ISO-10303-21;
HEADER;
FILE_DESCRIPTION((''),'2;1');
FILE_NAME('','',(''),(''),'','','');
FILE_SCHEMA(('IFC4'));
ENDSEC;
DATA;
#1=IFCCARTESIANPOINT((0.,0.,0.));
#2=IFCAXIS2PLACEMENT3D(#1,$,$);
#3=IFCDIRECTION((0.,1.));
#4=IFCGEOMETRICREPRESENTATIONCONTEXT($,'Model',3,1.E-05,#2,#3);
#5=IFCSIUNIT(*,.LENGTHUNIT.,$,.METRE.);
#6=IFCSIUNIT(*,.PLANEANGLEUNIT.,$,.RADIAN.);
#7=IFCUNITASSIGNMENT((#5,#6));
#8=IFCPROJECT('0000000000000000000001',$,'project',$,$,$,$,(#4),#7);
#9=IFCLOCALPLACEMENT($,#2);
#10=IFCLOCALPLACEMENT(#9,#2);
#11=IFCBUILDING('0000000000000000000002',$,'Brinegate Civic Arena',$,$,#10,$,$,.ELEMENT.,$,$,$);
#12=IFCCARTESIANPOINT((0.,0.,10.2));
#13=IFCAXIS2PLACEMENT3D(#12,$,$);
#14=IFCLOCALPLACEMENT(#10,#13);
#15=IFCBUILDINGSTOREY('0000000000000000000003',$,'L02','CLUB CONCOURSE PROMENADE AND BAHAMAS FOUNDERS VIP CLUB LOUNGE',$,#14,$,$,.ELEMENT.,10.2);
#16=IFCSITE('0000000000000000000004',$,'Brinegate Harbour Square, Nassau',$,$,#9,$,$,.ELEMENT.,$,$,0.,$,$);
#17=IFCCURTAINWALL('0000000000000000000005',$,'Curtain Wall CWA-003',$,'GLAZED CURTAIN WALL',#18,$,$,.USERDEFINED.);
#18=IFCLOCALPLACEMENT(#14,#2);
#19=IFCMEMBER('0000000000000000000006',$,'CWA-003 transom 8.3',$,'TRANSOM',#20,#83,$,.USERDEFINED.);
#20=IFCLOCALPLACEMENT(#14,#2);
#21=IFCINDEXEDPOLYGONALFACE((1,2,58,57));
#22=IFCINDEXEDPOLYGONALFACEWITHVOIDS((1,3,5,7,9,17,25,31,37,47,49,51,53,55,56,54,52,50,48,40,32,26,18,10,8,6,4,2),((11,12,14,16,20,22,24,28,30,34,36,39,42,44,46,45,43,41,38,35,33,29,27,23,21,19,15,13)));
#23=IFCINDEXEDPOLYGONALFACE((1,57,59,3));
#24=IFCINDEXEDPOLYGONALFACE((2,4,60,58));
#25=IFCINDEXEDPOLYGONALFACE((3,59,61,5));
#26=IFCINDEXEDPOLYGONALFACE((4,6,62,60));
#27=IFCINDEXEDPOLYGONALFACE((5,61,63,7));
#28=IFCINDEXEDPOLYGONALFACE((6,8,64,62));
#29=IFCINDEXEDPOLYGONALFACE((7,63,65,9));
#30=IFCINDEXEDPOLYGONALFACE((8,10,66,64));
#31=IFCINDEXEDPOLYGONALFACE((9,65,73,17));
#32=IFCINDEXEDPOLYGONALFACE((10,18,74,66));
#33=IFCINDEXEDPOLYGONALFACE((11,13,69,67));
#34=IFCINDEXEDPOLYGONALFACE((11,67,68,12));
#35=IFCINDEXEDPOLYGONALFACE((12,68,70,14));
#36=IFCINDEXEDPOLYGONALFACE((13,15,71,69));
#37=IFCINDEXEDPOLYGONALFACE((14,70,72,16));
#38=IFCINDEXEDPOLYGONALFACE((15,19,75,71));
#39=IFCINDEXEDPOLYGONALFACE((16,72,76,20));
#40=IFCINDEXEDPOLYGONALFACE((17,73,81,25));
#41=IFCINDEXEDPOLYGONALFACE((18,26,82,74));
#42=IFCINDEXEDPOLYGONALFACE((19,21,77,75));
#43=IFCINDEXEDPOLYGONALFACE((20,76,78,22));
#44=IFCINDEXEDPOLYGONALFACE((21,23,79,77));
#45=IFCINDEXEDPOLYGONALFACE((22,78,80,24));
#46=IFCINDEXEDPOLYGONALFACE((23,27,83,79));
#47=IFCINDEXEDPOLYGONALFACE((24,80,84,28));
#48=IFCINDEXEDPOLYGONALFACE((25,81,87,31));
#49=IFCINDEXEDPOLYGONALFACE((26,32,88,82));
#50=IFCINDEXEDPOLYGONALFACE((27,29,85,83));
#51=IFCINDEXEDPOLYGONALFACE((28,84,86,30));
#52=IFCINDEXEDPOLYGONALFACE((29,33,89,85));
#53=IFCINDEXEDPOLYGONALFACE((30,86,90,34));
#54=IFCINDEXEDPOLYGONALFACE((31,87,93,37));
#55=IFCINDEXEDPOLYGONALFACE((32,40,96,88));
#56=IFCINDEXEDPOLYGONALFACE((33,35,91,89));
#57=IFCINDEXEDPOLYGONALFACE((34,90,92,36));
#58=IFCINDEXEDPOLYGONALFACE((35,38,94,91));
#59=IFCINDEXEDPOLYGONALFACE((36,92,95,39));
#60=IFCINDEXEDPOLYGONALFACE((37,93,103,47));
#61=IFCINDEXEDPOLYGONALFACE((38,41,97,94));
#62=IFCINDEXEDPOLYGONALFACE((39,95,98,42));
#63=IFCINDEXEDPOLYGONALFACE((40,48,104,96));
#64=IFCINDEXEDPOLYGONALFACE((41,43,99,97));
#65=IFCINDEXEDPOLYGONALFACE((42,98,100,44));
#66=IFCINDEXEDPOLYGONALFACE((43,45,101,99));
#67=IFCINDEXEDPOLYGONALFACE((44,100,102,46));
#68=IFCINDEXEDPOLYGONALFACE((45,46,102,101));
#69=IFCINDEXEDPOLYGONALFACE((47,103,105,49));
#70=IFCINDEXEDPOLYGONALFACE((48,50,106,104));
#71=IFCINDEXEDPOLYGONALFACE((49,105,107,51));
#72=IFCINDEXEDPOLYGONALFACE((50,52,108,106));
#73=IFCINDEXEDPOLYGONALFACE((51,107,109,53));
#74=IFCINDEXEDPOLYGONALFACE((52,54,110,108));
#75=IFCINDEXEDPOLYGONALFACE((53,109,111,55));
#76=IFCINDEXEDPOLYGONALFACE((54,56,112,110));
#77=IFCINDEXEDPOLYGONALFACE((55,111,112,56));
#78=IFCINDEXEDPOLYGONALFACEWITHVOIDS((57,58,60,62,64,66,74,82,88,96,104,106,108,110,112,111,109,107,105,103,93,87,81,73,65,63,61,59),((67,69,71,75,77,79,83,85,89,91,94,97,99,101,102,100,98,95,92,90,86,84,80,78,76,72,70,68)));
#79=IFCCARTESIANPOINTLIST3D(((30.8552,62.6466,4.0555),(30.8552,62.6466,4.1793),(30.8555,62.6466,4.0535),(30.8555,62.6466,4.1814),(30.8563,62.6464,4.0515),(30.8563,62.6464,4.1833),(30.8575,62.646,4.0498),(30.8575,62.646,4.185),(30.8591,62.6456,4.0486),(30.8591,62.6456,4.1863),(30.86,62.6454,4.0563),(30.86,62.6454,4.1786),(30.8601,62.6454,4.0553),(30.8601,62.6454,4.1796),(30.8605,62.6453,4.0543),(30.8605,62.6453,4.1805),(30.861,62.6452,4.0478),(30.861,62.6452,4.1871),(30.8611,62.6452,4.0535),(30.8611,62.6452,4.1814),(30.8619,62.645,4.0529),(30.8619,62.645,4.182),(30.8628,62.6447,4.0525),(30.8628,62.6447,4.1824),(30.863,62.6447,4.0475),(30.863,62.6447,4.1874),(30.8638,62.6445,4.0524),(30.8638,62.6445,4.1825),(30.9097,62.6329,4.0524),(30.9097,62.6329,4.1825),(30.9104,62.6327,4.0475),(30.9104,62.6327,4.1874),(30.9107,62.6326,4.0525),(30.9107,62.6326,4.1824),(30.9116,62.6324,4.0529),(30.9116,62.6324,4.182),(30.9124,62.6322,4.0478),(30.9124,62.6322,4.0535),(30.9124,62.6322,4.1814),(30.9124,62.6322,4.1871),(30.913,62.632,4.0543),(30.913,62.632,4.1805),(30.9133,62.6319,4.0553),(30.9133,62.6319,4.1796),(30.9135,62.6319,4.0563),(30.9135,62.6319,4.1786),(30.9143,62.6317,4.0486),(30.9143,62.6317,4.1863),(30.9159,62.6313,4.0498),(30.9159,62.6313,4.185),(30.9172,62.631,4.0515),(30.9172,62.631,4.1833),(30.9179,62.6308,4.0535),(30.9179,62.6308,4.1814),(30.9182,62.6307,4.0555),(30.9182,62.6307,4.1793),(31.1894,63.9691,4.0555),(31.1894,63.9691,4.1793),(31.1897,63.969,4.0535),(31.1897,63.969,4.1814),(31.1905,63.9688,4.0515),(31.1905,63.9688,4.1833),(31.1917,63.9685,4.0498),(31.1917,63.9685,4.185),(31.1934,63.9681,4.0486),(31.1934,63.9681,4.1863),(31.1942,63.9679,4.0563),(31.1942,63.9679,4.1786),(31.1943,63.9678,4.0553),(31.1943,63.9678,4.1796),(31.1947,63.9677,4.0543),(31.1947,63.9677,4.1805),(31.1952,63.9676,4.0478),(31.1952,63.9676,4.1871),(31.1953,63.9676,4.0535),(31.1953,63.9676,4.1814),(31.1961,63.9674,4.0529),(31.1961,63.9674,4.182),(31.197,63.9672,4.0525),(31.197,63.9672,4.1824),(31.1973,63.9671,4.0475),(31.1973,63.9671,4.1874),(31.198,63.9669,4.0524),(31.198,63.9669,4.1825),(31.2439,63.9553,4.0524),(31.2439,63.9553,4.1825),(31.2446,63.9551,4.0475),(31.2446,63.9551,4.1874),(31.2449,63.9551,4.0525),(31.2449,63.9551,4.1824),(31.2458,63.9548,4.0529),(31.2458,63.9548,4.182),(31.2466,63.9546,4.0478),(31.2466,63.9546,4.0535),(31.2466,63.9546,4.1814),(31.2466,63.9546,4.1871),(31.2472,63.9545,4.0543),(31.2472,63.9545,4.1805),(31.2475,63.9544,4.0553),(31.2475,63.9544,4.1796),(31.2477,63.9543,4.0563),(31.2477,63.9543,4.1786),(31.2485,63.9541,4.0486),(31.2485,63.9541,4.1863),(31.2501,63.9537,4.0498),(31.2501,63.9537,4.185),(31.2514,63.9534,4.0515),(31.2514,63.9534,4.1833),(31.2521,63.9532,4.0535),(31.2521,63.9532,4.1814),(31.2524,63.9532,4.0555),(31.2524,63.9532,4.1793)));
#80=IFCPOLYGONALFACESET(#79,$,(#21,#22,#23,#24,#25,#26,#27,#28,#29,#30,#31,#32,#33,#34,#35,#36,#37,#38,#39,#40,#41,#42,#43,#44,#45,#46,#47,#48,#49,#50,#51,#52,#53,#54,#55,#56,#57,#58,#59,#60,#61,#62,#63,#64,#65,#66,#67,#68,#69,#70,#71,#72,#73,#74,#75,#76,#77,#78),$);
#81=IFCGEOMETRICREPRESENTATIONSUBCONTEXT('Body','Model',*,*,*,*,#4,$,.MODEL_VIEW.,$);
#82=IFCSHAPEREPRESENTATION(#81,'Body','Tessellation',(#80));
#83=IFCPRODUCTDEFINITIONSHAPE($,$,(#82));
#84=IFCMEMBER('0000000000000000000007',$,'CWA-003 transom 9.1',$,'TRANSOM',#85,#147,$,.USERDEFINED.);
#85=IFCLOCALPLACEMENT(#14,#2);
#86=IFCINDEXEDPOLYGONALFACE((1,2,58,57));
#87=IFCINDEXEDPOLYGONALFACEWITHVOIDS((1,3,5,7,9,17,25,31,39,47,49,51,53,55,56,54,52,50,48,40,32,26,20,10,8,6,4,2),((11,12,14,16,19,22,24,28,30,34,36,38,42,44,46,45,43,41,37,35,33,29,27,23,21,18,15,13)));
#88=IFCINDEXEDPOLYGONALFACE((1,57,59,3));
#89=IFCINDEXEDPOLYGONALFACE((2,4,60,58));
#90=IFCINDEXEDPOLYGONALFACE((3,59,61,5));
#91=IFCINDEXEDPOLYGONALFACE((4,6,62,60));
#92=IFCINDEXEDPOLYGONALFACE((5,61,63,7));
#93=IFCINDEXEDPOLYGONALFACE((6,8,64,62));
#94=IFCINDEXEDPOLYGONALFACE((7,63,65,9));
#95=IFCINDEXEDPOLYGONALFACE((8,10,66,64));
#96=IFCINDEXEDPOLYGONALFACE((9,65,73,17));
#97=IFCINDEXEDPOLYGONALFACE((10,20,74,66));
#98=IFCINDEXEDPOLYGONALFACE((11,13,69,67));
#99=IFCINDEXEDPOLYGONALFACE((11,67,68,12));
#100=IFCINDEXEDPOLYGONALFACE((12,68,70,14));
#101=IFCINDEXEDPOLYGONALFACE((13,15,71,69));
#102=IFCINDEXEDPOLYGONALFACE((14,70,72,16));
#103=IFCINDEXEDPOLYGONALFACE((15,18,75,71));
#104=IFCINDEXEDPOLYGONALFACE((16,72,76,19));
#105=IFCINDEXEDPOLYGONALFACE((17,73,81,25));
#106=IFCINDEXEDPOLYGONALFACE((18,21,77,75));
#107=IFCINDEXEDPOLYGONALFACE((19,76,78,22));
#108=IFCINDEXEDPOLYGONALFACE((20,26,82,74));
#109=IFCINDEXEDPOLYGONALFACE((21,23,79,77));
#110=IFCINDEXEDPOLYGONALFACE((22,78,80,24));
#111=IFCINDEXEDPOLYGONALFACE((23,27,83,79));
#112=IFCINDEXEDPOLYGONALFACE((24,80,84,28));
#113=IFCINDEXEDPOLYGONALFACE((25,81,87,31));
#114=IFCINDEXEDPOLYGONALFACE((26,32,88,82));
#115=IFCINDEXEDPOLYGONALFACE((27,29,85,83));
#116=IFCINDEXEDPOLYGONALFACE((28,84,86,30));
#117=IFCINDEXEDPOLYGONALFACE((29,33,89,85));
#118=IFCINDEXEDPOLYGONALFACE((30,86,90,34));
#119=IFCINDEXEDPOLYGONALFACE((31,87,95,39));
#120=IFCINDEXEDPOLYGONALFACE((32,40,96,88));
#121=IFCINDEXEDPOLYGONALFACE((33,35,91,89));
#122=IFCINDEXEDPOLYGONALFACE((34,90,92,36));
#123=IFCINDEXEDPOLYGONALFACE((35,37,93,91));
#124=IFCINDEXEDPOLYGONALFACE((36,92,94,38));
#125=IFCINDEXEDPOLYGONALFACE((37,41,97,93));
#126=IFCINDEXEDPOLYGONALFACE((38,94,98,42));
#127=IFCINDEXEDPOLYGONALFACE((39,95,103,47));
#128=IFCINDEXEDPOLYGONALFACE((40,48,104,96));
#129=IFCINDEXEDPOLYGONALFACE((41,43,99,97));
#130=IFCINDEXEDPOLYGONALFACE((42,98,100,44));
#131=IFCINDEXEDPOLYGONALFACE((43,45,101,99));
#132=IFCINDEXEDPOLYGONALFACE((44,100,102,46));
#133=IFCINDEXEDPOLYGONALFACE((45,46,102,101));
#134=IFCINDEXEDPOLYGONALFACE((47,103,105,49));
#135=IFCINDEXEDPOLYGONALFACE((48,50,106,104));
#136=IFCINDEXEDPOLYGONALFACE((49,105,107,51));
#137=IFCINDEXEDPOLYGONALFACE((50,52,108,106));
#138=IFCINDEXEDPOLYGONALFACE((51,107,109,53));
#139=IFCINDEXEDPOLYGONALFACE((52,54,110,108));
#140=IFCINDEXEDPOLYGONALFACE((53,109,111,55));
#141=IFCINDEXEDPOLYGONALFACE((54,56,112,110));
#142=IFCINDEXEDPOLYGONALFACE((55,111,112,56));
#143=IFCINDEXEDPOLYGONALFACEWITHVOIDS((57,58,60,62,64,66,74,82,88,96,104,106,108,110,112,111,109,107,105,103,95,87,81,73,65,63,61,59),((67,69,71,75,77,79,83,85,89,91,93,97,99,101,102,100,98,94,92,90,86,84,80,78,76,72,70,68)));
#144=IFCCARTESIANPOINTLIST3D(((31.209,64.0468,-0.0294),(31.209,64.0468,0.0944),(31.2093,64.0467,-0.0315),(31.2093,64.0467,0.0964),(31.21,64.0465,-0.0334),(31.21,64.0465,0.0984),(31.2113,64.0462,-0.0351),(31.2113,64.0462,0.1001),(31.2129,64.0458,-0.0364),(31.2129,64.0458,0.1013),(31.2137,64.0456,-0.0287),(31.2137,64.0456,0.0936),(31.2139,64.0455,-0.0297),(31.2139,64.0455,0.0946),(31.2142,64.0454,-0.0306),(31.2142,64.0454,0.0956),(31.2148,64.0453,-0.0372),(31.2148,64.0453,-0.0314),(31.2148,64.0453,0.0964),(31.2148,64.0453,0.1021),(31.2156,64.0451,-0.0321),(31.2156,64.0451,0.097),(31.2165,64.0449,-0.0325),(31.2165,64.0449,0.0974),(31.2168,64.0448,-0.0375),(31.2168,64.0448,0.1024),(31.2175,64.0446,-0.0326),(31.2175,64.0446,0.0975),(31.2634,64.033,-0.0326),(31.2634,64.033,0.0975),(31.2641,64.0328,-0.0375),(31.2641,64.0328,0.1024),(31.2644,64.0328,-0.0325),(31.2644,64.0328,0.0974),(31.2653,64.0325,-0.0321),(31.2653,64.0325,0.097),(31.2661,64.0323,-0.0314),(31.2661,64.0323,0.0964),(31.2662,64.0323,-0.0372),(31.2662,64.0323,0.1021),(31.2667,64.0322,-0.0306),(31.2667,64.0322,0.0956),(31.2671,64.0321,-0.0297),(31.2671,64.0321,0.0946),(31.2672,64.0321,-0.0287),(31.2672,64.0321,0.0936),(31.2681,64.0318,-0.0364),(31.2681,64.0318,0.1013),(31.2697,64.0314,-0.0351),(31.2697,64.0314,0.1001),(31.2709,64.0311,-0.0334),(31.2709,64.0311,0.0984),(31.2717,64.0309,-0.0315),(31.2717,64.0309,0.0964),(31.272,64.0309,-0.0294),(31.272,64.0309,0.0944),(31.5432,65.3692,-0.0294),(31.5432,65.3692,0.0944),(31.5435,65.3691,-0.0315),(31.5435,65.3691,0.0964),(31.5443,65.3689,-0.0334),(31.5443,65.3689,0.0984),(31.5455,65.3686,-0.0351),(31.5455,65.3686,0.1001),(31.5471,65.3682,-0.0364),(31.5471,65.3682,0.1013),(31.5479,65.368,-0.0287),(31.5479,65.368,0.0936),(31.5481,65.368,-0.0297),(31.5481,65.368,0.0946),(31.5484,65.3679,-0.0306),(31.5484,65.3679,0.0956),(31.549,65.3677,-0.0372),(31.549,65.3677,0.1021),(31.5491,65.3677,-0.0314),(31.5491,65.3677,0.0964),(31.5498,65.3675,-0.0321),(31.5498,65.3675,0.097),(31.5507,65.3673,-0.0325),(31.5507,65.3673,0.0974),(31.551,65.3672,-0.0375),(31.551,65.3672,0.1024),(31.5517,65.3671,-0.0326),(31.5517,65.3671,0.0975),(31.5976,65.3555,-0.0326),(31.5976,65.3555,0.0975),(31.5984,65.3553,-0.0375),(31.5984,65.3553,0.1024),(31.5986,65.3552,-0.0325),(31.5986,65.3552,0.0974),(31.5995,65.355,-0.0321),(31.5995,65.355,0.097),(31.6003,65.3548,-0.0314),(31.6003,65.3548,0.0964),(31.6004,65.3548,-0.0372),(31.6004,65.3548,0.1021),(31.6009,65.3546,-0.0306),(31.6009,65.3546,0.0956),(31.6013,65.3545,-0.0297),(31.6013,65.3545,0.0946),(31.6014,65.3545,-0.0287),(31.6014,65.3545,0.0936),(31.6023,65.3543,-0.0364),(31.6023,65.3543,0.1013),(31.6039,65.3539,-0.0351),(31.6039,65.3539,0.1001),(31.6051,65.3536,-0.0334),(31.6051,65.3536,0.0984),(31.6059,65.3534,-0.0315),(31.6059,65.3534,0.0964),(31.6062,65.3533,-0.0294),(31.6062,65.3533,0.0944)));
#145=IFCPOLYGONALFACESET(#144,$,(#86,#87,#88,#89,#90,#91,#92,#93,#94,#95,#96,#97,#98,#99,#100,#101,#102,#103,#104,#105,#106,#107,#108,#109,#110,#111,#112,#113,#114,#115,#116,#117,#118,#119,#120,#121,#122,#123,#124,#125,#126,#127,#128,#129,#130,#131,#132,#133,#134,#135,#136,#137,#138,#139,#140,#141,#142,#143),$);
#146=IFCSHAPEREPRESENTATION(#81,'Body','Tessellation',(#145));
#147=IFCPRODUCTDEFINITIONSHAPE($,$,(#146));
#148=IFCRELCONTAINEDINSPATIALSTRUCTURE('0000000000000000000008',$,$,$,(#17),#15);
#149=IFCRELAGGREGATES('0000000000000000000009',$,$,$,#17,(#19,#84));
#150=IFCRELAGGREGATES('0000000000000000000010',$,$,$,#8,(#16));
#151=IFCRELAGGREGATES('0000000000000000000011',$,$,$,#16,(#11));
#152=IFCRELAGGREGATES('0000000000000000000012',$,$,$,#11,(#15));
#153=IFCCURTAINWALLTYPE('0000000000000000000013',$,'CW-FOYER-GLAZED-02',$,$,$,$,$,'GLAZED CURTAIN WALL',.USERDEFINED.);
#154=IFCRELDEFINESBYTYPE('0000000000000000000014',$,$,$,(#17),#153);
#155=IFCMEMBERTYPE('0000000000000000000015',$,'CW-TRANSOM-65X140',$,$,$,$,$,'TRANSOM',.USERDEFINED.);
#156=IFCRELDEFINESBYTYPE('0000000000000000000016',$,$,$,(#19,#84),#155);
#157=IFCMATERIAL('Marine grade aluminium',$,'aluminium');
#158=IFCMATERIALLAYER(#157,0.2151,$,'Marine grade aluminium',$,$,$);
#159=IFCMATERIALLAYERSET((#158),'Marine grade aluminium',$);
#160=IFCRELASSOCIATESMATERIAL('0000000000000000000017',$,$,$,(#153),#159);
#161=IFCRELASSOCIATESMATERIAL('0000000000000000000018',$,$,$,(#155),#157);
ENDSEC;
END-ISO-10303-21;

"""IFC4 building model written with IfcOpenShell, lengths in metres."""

from ifc_helpers import new_model, si_unit, direction, frame, origin, origin_2d, place, context, subcontext, project, spatial, hollow_rectangle, extrude, material, layer, layer_set, material_profile, profile_set, type_object, element, aggregate, save


model = new_model("IFC4")

# Units and contexts
model_context = context("Model", 3, precision=1e-05, world=origin(), true_north=direction((0.0, 1.0)))
body_context = subcontext(model_context, "Body", "Model", "MODEL_VIEW")
ifc_project = project(units=[si_unit("LENGTHUNIT", "METRE"), si_unit("PLANEANGLEUNIT", "RADIAN")], contexts=[model_context])

# Site, building, storey
site_placement = place(None, origin())
site = spatial("IfcSite", under=ifc_project, at=site_placement, Name="Brinegate Harbour Square, Nassau", CompositionType="ELEMENT", RefElevation=0.0)
building_placement = place(site_placement, origin())
building = spatial("IfcBuilding", under=site, at=building_placement, Name="Brinegate Civic Arena", CompositionType="ELEMENT")
storey_placement = place(building_placement, frame((0.0, 0.0, 10.2)))
storey = spatial("IfcBuildingStorey", under=building, at=storey_placement, Name="L02", Description="CLUB CONCOURSE PROMENADE AND BAHAMAS FOUNDERS VIP CLUB LOUNGE", CompositionType="ELEMENT", Elevation=10.2)

# Curtain wall, members
ifc_material_1 = material(Name="Marine grade aluminium", Category="aluminium")
ifc_layer_1 = layer(ifc_material_1, 0.2151, Name="Marine grade aluminium")
ifc_layer_set_1 = layer_set([ifc_layer_1], Name="Marine grade aluminium")
curtain_wall_type_1 = type_object("IfcCurtainWallType", Name="CW-FOYER-GLAZED-02", ElementType="GLAZED CURTAIN WALL", PredefinedType="USERDEFINED", material=ifc_layer_set_1)
curtain_wall_1_placement = place(storey_placement, origin())
curtain_wall_1 = element("IfcCurtainWall", 1, at=curtain_wall_1_placement, inside=storey, type_object=curtain_wall_type_1, Name="Curtain Wall CWA-003", ObjectType="GLAZED CURTAIN WALL", PredefinedType="USERDEFINED")
ifc_material_profile_1 = material_profile(ifc_material_1, hollow_rectangle(XDim=0.0649, YDim=0.1399, WallThickness=0.0049, InnerFilletRadius=0.0039, OuterFilletRadius=0.0081, at=origin_2d()), Name="TRN65X140")
ifc_profile_set_1 = profile_set([ifc_material_profile_1], Name="Marine grade aluminium")
member_type_1 = type_object("IfcMemberType", Name="CW-TRANSOM-65X140", ElementType="TRANSOM", PredefinedType="USERDEFINED", material=ifc_profile_set_1)
member_1_placement = place(storey_placement, frame((30.8867, 62.6387, 4.1174), z_axis=(0.245019, 0.969518, 0.0), x_axis=(-0.969518, 0.245019, 0.0)))
member_1 = element("IfcMember", 2, at=member_1_placement, type_object=member_type_1, Name="CWA-003 transom 8.3", ObjectType="TRANSOM", PredefinedType="USERDEFINED", context=body_context, shape_type="SweptSolid", body=[
    extrude(hollow_rectangle(XDim=0.0649, YDim=0.1399, WallThickness=0.0049, InnerFilletRadius=0.0039, OuterFilletRadius=0.0081, at=origin_2d()), origin(), (0.0, 0.0, 1.0), 1.364),
])
member_2_placement = place(storey_placement, frame((31.2405, 64.0388, 0.0325), z_axis=(0.245019, 0.969518, 0.0), x_axis=(-0.969518, 0.245019, 0.0)))
member_2 = element("IfcMember", 3, at=member_2_placement, type_object=member_type_1, Name="CWA-003 transom 9.1", ObjectType="TRANSOM", PredefinedType="USERDEFINED", context=body_context, shape_type="SweptSolid", body=[
    extrude(hollow_rectangle(XDim=0.0649, YDim=0.1399, WallThickness=0.0049, InnerFilletRadius=0.0039, OuterFilletRadius=0.0081, at=origin_2d()), origin(), (0.0, 0.0, 1.0), 1.364),
])

aggregate(curtain_wall_1, [member_1, member_2])

save(model, "model.ifc")
